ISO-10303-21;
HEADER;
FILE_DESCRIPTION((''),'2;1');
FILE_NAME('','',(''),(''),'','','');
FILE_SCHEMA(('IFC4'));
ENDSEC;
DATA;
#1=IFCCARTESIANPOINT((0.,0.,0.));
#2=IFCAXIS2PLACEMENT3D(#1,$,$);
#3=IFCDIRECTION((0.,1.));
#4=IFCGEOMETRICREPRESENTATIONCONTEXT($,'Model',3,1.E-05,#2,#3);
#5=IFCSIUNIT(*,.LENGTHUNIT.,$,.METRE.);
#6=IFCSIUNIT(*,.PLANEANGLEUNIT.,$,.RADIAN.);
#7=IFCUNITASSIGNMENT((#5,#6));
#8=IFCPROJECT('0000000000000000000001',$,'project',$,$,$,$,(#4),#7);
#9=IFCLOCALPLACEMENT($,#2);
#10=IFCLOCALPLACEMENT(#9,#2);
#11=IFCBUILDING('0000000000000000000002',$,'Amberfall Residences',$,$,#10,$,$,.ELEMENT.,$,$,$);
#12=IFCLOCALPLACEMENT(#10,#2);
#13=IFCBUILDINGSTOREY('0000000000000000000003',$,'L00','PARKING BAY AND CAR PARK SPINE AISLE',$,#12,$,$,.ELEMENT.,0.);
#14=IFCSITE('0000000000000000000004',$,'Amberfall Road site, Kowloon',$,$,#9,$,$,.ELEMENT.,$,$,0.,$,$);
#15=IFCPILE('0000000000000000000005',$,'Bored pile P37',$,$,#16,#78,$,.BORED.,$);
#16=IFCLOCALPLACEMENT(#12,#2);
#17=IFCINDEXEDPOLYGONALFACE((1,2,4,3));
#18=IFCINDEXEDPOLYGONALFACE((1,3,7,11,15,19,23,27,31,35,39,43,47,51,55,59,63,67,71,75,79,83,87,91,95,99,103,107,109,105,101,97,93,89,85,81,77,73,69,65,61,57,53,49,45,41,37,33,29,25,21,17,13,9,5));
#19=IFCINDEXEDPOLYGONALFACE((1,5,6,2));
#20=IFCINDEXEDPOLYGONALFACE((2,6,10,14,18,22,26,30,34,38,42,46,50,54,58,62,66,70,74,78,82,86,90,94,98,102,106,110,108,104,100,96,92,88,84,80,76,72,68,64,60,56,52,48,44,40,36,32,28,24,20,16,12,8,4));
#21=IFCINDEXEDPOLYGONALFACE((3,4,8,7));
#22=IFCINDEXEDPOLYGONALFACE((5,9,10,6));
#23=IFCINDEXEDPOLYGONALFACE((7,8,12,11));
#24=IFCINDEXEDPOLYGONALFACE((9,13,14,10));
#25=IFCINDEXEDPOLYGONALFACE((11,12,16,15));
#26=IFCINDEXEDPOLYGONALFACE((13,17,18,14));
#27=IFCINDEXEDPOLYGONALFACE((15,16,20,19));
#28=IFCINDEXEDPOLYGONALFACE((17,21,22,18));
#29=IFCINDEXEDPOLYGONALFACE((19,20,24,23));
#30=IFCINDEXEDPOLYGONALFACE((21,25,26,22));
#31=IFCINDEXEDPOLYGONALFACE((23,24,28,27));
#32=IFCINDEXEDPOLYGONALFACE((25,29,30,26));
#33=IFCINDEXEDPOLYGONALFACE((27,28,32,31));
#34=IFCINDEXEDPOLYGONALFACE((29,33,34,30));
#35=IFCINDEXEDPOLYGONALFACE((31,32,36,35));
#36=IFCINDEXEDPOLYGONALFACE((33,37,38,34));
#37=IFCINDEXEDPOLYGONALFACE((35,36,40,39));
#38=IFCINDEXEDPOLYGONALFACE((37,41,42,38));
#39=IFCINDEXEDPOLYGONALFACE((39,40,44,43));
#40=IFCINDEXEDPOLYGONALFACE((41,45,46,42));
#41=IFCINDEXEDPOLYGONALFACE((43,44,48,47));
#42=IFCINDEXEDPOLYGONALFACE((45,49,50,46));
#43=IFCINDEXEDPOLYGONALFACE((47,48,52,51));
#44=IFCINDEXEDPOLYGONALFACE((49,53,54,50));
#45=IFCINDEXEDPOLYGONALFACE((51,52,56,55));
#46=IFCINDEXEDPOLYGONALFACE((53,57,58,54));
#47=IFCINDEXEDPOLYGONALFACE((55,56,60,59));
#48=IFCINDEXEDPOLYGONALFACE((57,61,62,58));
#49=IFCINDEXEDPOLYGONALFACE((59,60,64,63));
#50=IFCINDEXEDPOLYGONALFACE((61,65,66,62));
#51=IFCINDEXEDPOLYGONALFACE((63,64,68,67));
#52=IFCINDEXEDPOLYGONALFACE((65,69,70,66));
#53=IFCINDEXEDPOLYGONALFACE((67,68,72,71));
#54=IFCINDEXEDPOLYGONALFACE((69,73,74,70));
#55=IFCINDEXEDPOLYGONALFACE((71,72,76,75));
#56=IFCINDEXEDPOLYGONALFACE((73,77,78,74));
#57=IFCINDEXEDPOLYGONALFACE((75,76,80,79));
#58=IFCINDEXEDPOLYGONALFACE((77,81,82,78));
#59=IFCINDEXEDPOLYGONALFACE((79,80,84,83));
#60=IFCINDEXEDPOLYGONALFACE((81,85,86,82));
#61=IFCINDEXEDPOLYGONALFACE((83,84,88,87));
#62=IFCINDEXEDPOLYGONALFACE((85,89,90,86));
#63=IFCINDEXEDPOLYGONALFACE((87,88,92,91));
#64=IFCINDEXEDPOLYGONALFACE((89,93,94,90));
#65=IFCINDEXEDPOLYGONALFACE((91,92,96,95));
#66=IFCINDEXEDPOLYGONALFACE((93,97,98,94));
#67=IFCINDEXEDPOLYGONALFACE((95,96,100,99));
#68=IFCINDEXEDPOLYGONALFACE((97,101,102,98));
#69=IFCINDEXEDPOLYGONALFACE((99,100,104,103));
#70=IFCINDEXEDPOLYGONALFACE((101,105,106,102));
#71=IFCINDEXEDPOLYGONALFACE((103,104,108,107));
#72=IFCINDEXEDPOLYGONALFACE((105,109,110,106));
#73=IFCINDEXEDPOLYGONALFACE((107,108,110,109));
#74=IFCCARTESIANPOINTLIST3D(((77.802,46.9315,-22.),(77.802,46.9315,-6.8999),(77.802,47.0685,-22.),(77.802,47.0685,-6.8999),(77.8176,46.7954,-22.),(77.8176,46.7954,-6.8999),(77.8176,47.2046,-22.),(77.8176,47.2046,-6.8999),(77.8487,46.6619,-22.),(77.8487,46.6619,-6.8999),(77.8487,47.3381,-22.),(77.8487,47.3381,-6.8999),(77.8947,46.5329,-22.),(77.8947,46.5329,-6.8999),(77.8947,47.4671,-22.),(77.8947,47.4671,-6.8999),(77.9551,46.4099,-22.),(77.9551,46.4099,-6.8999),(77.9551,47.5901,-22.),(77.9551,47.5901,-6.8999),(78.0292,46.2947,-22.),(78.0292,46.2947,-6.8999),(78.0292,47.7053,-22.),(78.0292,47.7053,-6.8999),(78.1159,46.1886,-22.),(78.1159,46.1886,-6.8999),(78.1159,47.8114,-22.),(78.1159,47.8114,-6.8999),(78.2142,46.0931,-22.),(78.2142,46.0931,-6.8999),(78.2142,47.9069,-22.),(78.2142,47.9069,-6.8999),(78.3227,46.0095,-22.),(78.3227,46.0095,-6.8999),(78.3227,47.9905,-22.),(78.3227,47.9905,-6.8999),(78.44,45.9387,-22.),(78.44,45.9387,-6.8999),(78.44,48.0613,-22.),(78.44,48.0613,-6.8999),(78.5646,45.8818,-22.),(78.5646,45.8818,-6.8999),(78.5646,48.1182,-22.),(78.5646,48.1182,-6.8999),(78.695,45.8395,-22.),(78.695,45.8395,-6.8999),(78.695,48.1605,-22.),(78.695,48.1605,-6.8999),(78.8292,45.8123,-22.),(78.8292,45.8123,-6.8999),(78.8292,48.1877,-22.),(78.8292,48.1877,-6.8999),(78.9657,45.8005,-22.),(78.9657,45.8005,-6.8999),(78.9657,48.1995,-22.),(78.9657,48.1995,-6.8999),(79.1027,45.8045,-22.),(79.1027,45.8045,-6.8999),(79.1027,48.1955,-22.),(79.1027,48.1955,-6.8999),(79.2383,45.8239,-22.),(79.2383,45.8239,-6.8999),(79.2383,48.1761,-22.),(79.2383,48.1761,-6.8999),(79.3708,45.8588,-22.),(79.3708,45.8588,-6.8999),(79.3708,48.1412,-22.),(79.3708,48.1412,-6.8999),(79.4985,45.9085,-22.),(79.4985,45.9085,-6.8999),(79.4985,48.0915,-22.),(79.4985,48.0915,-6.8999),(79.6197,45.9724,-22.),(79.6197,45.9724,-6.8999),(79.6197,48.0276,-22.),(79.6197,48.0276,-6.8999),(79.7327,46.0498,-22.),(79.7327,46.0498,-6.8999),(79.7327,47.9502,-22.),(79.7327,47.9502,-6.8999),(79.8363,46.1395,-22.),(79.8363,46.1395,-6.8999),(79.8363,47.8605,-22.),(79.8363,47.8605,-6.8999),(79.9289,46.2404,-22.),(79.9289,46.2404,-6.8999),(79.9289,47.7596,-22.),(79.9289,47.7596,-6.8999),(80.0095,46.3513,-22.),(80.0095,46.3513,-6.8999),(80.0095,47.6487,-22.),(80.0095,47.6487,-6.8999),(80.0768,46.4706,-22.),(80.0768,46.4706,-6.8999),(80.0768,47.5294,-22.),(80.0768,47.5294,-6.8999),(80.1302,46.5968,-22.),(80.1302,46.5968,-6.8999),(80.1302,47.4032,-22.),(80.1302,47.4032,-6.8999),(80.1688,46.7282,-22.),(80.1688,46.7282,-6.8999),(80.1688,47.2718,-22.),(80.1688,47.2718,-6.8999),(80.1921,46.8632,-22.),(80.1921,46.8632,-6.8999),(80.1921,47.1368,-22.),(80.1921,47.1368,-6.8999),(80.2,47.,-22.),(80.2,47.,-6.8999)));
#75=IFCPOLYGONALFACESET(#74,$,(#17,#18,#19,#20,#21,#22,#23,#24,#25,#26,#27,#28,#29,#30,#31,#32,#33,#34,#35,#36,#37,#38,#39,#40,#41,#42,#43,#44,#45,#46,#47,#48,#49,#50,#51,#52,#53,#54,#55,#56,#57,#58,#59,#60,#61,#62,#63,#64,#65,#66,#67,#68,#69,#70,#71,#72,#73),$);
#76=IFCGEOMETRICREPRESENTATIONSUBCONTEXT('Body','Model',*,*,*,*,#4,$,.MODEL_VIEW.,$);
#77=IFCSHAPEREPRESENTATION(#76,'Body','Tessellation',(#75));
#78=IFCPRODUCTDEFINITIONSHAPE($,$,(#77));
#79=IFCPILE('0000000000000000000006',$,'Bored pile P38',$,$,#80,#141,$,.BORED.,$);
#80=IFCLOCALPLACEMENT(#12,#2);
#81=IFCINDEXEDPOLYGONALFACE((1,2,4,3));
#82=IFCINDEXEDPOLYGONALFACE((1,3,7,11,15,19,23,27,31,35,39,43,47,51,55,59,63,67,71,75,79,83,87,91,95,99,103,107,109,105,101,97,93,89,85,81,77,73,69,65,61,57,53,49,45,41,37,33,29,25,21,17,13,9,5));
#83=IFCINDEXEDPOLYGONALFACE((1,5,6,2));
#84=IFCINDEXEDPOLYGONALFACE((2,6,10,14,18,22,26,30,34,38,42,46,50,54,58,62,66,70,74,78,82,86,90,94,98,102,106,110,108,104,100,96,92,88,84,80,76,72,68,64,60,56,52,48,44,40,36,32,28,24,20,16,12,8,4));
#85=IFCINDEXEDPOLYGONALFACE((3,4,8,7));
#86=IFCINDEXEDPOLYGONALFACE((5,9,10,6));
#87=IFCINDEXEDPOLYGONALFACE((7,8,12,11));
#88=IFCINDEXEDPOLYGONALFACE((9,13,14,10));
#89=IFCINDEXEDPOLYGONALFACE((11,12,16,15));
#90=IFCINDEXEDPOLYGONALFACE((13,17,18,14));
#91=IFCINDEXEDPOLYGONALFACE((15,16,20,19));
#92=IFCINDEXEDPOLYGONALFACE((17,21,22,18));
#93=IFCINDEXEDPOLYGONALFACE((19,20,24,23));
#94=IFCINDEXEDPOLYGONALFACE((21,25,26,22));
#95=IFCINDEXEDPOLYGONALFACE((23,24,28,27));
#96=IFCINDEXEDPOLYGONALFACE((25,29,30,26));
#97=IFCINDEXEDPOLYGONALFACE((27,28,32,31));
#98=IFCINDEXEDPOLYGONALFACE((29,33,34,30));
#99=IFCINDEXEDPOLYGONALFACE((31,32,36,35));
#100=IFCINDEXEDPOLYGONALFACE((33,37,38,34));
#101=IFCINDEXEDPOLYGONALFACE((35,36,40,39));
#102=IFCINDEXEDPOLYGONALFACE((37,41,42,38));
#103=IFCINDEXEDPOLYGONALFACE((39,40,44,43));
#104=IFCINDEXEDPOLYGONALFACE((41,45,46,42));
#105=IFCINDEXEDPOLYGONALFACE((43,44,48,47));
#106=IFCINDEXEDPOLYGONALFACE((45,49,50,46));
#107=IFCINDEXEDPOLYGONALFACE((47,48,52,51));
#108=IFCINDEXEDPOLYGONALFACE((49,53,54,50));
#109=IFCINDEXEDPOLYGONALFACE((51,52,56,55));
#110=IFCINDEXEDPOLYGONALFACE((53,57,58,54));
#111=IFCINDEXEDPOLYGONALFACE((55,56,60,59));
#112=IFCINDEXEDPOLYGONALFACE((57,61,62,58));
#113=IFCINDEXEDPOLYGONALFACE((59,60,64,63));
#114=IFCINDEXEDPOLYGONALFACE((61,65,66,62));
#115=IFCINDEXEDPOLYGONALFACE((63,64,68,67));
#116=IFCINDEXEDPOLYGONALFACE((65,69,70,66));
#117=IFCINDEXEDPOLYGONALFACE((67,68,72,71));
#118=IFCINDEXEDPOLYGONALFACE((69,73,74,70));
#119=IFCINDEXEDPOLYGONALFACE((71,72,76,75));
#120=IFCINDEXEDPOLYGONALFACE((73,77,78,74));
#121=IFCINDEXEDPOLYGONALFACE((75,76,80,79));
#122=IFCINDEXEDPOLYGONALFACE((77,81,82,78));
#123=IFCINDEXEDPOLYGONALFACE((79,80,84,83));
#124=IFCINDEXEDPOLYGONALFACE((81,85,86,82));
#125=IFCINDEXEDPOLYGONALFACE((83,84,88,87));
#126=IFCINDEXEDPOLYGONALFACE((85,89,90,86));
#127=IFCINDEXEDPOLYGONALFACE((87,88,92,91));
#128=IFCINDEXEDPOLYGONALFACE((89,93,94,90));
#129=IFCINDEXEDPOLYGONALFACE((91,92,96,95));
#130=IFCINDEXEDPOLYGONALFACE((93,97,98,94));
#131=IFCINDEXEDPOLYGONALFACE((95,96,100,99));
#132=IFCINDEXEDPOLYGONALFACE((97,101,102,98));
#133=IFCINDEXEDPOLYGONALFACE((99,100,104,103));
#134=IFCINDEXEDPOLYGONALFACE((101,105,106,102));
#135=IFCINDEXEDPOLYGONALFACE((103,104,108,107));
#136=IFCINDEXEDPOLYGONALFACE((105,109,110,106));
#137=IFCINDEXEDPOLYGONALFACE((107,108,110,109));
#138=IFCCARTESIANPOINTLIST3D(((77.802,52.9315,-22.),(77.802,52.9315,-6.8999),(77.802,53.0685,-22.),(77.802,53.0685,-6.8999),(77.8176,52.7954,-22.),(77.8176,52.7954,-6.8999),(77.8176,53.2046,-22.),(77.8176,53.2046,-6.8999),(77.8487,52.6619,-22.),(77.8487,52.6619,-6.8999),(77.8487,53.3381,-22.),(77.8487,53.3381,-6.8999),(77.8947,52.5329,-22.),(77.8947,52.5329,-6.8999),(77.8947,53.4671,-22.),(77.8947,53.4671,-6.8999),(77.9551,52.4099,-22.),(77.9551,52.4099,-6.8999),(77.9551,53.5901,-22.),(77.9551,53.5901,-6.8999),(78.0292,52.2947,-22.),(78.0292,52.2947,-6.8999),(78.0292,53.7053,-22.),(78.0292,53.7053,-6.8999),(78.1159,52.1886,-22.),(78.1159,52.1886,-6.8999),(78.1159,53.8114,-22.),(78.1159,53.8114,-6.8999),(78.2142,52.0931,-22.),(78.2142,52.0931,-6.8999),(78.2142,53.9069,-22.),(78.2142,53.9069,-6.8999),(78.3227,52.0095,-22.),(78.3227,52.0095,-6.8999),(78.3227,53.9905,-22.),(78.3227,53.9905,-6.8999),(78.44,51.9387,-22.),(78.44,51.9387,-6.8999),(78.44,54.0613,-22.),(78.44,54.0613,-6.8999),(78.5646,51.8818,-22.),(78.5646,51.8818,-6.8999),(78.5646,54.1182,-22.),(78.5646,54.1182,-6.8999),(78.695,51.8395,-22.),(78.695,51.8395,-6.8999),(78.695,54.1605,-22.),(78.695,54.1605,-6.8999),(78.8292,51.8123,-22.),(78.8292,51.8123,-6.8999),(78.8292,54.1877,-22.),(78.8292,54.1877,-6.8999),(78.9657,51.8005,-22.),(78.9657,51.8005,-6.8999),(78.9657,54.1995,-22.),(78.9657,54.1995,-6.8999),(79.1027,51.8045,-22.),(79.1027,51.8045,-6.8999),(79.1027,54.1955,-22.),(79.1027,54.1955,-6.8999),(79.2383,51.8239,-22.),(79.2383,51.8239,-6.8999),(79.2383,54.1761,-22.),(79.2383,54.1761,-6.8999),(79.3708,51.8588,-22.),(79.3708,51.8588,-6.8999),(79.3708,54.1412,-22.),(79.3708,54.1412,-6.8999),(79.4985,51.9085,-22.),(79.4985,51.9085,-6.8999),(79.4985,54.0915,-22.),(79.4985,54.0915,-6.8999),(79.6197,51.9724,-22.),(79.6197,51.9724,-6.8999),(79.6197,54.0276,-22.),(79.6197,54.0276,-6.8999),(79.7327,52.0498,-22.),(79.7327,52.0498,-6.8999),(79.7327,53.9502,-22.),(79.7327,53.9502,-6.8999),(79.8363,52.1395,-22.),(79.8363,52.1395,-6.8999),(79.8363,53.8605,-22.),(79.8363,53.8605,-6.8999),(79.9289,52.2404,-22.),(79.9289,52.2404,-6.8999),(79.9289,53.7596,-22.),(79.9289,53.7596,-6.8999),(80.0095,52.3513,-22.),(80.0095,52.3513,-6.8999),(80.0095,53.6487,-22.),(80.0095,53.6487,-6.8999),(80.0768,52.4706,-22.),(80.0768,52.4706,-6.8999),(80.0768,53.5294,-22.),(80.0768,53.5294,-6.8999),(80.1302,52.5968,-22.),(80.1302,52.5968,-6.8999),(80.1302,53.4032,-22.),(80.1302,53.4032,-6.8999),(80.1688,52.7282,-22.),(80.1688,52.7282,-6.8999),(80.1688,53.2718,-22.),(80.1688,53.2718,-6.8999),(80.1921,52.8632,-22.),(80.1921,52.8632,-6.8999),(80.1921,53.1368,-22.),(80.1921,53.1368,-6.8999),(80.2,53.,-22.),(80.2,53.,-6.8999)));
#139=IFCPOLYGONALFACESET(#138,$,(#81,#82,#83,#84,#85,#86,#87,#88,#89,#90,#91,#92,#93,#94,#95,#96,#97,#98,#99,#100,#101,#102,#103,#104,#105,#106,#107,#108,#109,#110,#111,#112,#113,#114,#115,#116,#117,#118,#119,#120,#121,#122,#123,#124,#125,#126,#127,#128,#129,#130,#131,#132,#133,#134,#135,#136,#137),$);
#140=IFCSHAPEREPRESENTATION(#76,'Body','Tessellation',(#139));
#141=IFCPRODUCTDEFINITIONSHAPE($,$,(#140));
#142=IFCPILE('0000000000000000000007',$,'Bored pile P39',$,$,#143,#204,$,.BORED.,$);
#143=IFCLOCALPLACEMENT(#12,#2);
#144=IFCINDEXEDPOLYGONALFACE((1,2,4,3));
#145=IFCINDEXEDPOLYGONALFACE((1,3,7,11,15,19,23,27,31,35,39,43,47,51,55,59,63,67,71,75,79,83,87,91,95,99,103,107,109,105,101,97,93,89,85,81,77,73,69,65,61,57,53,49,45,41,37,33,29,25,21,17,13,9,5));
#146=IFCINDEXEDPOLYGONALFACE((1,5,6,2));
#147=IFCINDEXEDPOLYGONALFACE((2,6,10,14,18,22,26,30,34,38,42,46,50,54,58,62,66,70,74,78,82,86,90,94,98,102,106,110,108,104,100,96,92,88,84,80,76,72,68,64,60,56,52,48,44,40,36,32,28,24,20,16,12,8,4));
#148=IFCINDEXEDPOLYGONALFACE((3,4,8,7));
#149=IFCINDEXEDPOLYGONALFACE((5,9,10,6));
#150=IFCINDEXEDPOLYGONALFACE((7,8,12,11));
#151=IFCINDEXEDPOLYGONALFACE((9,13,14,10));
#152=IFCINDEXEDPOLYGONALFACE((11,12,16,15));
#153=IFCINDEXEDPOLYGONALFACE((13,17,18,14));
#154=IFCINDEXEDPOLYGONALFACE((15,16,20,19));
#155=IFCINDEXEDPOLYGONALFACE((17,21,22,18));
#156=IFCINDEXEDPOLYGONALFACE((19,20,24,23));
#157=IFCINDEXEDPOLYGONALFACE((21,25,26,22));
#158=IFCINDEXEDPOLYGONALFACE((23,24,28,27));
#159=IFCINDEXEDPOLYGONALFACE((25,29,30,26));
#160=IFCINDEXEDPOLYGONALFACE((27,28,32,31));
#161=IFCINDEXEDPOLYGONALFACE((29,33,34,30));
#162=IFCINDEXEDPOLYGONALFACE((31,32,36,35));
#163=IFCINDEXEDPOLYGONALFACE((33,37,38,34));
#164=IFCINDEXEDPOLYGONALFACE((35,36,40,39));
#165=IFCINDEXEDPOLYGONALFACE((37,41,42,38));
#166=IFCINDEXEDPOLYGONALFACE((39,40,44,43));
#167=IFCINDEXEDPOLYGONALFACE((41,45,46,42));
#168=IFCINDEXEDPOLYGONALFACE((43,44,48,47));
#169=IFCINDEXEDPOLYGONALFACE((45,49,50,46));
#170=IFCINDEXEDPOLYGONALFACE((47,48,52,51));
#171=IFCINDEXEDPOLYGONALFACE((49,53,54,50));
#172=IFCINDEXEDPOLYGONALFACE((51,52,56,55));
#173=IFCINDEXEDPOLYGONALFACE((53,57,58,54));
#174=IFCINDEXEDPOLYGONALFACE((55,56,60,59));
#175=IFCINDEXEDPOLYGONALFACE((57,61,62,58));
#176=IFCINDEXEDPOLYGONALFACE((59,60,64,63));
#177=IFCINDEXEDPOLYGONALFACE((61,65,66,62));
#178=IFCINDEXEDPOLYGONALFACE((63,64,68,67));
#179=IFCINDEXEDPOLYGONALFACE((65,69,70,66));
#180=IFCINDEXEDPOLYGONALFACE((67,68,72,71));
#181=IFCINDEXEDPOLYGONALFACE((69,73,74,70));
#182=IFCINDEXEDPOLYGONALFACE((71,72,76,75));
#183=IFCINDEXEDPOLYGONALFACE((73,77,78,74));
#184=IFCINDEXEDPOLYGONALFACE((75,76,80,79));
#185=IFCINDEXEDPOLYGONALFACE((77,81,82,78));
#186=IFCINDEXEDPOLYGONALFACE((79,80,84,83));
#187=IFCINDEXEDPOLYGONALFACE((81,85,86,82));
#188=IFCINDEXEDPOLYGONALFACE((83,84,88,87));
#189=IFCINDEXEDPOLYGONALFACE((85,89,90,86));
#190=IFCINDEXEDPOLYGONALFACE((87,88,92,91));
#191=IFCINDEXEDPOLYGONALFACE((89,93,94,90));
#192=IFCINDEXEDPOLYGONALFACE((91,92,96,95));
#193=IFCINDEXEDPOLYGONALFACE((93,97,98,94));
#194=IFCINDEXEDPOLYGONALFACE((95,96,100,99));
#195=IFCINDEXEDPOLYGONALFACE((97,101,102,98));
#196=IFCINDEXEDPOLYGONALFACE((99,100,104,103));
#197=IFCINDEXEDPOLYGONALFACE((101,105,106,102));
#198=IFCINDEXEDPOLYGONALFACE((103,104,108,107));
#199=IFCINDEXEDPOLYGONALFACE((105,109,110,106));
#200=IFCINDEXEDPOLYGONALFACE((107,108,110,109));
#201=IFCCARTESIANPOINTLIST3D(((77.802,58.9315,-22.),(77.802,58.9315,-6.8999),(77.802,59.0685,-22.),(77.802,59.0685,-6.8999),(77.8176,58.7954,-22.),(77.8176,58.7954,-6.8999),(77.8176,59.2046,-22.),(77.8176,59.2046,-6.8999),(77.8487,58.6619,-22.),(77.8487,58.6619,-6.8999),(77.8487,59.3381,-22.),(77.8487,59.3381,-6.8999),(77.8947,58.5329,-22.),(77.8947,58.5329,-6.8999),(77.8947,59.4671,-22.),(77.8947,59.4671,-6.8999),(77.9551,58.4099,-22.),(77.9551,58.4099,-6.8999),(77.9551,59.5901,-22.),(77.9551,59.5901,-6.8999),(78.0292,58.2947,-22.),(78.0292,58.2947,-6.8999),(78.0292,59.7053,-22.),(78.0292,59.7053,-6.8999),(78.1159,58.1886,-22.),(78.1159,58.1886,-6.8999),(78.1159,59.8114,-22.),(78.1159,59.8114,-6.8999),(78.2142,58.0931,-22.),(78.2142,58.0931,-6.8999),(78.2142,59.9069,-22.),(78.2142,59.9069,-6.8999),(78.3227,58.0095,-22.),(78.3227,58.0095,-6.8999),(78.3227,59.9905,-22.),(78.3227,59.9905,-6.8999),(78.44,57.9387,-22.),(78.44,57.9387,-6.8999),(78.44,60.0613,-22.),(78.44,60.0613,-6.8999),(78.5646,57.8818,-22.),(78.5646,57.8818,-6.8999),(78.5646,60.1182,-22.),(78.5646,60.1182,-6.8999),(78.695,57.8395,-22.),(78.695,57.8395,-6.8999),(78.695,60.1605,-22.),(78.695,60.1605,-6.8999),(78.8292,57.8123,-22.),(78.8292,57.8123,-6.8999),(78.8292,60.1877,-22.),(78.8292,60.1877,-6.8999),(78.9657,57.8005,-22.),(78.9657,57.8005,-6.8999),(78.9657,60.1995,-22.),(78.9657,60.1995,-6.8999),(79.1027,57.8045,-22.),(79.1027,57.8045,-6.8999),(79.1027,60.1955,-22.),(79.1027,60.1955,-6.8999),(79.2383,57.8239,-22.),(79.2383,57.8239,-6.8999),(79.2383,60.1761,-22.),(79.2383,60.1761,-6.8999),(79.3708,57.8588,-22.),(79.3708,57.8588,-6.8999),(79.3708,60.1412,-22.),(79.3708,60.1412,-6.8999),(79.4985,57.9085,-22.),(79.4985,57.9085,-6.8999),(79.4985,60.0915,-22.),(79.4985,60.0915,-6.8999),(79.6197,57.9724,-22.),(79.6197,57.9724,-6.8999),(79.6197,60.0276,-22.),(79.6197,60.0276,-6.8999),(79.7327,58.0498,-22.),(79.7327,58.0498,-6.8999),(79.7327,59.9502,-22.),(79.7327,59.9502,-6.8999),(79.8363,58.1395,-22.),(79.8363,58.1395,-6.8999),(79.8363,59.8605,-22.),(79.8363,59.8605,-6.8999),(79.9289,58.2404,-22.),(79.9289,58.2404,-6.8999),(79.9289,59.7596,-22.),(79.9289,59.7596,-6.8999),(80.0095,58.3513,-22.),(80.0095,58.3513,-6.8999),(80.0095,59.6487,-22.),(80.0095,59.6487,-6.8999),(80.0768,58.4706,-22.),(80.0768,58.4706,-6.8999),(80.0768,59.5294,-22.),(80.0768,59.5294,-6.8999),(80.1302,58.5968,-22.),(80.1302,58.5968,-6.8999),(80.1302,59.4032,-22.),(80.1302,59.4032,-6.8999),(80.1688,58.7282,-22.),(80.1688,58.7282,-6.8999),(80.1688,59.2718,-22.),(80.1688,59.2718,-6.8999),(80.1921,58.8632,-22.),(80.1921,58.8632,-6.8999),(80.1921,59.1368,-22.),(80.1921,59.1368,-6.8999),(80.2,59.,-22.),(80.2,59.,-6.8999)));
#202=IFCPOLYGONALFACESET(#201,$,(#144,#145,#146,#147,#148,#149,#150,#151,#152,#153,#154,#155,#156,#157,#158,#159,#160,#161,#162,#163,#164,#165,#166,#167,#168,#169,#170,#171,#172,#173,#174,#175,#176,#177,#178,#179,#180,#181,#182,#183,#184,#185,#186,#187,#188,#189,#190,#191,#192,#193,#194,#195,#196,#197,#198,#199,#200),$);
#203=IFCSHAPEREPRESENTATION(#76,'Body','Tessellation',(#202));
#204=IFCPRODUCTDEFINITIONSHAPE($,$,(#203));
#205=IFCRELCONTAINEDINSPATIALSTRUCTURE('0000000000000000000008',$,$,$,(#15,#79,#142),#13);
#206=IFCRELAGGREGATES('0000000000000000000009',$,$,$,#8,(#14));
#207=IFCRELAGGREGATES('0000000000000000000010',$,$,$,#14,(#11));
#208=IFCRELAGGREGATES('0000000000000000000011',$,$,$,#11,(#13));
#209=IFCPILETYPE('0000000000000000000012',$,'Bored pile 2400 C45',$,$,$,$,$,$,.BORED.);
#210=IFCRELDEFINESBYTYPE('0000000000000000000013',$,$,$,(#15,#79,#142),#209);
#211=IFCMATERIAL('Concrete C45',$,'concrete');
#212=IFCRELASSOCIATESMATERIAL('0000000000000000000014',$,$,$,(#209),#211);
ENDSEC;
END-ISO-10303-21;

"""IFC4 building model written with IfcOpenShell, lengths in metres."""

from ifc_helpers import new_model, si_unit, direction, frame, origin, origin_2d, place, context, subcontext, project, spatial, circle, extrude, material, material_profile, profile_set, type_object, element, save


model = new_model("IFC4")

# Units and contexts
model_context = context("Model", 3, precision=1e-05, world=origin(), true_north=direction((0.0, 1.0)))
body_context = subcontext(model_context, "Body", "Model", "MODEL_VIEW")
ifc_project = project(units=[si_unit("LENGTHUNIT", "METRE"), si_unit("PLANEANGLEUNIT", "RADIAN")], contexts=[model_context])

# Site, building, storey
site_placement = place(None, origin())
site = spatial("IfcSite", under=ifc_project, at=site_placement, Name="Amberfall Road site, Kowloon", CompositionType="ELEMENT", RefElevation=0.0)
building_placement = place(site_placement, origin())
building = spatial("IfcBuilding", under=site, at=building_placement, Name="Amberfall Residences", CompositionType="ELEMENT")
storey_placement = place(building_placement, origin())
storey = spatial("IfcBuildingStorey", under=building, at=storey_placement, Name="L00", Description="PARKING BAY AND CAR PARK SPINE AISLE", CompositionType="ELEMENT", Elevation=0.0)

# Piles
ifc_material_1 = material(Name="Concrete C45", Category="concrete")
ifc_material_profile = material_profile(ifc_material_1, circle(Radius=1.2, at=origin_2d()), Name="Bored pile 2400 C45")
ifc_profile_set = profile_set([ifc_material_profile], Name="Concrete C45")
pile_type = type_object("IfcPileType", Name="Bored pile 2400 C45", PredefinedType="BORED", material=ifc_profile_set)
for number, where, z_axis, x_axis, name in (
    (1, (79.0, 47.0, -6.8999), (0.0, 0.0, -1.0), (1.0, 0.0, 0.0), "Bored pile P37"),
    (2, (79.0, 53.0, -6.8999), (0.0, 0.0, -1.0), (1.0, 0.0, 0.0), "Bored pile P38"),
    (3, (79.0, 59.0, -6.8999), (0.0, 0.0, -1.0), (1.0, 0.0, 0.0), "Bored pile P39"),
):
    element("IfcPile", number, at=place(storey_placement, frame(where, z_axis=z_axis, x_axis=x_axis)), inside=storey, type_object=pile_type, Name=name, PredefinedType="BORED", context=body_context, shape_type="SweptSolid", body=[
        extrude(circle(Radius=1.2, at=origin_2d()), origin(), (0.0, 0.0, 1.0), 15.1001),
    ])

save(model, "model.ifc")
